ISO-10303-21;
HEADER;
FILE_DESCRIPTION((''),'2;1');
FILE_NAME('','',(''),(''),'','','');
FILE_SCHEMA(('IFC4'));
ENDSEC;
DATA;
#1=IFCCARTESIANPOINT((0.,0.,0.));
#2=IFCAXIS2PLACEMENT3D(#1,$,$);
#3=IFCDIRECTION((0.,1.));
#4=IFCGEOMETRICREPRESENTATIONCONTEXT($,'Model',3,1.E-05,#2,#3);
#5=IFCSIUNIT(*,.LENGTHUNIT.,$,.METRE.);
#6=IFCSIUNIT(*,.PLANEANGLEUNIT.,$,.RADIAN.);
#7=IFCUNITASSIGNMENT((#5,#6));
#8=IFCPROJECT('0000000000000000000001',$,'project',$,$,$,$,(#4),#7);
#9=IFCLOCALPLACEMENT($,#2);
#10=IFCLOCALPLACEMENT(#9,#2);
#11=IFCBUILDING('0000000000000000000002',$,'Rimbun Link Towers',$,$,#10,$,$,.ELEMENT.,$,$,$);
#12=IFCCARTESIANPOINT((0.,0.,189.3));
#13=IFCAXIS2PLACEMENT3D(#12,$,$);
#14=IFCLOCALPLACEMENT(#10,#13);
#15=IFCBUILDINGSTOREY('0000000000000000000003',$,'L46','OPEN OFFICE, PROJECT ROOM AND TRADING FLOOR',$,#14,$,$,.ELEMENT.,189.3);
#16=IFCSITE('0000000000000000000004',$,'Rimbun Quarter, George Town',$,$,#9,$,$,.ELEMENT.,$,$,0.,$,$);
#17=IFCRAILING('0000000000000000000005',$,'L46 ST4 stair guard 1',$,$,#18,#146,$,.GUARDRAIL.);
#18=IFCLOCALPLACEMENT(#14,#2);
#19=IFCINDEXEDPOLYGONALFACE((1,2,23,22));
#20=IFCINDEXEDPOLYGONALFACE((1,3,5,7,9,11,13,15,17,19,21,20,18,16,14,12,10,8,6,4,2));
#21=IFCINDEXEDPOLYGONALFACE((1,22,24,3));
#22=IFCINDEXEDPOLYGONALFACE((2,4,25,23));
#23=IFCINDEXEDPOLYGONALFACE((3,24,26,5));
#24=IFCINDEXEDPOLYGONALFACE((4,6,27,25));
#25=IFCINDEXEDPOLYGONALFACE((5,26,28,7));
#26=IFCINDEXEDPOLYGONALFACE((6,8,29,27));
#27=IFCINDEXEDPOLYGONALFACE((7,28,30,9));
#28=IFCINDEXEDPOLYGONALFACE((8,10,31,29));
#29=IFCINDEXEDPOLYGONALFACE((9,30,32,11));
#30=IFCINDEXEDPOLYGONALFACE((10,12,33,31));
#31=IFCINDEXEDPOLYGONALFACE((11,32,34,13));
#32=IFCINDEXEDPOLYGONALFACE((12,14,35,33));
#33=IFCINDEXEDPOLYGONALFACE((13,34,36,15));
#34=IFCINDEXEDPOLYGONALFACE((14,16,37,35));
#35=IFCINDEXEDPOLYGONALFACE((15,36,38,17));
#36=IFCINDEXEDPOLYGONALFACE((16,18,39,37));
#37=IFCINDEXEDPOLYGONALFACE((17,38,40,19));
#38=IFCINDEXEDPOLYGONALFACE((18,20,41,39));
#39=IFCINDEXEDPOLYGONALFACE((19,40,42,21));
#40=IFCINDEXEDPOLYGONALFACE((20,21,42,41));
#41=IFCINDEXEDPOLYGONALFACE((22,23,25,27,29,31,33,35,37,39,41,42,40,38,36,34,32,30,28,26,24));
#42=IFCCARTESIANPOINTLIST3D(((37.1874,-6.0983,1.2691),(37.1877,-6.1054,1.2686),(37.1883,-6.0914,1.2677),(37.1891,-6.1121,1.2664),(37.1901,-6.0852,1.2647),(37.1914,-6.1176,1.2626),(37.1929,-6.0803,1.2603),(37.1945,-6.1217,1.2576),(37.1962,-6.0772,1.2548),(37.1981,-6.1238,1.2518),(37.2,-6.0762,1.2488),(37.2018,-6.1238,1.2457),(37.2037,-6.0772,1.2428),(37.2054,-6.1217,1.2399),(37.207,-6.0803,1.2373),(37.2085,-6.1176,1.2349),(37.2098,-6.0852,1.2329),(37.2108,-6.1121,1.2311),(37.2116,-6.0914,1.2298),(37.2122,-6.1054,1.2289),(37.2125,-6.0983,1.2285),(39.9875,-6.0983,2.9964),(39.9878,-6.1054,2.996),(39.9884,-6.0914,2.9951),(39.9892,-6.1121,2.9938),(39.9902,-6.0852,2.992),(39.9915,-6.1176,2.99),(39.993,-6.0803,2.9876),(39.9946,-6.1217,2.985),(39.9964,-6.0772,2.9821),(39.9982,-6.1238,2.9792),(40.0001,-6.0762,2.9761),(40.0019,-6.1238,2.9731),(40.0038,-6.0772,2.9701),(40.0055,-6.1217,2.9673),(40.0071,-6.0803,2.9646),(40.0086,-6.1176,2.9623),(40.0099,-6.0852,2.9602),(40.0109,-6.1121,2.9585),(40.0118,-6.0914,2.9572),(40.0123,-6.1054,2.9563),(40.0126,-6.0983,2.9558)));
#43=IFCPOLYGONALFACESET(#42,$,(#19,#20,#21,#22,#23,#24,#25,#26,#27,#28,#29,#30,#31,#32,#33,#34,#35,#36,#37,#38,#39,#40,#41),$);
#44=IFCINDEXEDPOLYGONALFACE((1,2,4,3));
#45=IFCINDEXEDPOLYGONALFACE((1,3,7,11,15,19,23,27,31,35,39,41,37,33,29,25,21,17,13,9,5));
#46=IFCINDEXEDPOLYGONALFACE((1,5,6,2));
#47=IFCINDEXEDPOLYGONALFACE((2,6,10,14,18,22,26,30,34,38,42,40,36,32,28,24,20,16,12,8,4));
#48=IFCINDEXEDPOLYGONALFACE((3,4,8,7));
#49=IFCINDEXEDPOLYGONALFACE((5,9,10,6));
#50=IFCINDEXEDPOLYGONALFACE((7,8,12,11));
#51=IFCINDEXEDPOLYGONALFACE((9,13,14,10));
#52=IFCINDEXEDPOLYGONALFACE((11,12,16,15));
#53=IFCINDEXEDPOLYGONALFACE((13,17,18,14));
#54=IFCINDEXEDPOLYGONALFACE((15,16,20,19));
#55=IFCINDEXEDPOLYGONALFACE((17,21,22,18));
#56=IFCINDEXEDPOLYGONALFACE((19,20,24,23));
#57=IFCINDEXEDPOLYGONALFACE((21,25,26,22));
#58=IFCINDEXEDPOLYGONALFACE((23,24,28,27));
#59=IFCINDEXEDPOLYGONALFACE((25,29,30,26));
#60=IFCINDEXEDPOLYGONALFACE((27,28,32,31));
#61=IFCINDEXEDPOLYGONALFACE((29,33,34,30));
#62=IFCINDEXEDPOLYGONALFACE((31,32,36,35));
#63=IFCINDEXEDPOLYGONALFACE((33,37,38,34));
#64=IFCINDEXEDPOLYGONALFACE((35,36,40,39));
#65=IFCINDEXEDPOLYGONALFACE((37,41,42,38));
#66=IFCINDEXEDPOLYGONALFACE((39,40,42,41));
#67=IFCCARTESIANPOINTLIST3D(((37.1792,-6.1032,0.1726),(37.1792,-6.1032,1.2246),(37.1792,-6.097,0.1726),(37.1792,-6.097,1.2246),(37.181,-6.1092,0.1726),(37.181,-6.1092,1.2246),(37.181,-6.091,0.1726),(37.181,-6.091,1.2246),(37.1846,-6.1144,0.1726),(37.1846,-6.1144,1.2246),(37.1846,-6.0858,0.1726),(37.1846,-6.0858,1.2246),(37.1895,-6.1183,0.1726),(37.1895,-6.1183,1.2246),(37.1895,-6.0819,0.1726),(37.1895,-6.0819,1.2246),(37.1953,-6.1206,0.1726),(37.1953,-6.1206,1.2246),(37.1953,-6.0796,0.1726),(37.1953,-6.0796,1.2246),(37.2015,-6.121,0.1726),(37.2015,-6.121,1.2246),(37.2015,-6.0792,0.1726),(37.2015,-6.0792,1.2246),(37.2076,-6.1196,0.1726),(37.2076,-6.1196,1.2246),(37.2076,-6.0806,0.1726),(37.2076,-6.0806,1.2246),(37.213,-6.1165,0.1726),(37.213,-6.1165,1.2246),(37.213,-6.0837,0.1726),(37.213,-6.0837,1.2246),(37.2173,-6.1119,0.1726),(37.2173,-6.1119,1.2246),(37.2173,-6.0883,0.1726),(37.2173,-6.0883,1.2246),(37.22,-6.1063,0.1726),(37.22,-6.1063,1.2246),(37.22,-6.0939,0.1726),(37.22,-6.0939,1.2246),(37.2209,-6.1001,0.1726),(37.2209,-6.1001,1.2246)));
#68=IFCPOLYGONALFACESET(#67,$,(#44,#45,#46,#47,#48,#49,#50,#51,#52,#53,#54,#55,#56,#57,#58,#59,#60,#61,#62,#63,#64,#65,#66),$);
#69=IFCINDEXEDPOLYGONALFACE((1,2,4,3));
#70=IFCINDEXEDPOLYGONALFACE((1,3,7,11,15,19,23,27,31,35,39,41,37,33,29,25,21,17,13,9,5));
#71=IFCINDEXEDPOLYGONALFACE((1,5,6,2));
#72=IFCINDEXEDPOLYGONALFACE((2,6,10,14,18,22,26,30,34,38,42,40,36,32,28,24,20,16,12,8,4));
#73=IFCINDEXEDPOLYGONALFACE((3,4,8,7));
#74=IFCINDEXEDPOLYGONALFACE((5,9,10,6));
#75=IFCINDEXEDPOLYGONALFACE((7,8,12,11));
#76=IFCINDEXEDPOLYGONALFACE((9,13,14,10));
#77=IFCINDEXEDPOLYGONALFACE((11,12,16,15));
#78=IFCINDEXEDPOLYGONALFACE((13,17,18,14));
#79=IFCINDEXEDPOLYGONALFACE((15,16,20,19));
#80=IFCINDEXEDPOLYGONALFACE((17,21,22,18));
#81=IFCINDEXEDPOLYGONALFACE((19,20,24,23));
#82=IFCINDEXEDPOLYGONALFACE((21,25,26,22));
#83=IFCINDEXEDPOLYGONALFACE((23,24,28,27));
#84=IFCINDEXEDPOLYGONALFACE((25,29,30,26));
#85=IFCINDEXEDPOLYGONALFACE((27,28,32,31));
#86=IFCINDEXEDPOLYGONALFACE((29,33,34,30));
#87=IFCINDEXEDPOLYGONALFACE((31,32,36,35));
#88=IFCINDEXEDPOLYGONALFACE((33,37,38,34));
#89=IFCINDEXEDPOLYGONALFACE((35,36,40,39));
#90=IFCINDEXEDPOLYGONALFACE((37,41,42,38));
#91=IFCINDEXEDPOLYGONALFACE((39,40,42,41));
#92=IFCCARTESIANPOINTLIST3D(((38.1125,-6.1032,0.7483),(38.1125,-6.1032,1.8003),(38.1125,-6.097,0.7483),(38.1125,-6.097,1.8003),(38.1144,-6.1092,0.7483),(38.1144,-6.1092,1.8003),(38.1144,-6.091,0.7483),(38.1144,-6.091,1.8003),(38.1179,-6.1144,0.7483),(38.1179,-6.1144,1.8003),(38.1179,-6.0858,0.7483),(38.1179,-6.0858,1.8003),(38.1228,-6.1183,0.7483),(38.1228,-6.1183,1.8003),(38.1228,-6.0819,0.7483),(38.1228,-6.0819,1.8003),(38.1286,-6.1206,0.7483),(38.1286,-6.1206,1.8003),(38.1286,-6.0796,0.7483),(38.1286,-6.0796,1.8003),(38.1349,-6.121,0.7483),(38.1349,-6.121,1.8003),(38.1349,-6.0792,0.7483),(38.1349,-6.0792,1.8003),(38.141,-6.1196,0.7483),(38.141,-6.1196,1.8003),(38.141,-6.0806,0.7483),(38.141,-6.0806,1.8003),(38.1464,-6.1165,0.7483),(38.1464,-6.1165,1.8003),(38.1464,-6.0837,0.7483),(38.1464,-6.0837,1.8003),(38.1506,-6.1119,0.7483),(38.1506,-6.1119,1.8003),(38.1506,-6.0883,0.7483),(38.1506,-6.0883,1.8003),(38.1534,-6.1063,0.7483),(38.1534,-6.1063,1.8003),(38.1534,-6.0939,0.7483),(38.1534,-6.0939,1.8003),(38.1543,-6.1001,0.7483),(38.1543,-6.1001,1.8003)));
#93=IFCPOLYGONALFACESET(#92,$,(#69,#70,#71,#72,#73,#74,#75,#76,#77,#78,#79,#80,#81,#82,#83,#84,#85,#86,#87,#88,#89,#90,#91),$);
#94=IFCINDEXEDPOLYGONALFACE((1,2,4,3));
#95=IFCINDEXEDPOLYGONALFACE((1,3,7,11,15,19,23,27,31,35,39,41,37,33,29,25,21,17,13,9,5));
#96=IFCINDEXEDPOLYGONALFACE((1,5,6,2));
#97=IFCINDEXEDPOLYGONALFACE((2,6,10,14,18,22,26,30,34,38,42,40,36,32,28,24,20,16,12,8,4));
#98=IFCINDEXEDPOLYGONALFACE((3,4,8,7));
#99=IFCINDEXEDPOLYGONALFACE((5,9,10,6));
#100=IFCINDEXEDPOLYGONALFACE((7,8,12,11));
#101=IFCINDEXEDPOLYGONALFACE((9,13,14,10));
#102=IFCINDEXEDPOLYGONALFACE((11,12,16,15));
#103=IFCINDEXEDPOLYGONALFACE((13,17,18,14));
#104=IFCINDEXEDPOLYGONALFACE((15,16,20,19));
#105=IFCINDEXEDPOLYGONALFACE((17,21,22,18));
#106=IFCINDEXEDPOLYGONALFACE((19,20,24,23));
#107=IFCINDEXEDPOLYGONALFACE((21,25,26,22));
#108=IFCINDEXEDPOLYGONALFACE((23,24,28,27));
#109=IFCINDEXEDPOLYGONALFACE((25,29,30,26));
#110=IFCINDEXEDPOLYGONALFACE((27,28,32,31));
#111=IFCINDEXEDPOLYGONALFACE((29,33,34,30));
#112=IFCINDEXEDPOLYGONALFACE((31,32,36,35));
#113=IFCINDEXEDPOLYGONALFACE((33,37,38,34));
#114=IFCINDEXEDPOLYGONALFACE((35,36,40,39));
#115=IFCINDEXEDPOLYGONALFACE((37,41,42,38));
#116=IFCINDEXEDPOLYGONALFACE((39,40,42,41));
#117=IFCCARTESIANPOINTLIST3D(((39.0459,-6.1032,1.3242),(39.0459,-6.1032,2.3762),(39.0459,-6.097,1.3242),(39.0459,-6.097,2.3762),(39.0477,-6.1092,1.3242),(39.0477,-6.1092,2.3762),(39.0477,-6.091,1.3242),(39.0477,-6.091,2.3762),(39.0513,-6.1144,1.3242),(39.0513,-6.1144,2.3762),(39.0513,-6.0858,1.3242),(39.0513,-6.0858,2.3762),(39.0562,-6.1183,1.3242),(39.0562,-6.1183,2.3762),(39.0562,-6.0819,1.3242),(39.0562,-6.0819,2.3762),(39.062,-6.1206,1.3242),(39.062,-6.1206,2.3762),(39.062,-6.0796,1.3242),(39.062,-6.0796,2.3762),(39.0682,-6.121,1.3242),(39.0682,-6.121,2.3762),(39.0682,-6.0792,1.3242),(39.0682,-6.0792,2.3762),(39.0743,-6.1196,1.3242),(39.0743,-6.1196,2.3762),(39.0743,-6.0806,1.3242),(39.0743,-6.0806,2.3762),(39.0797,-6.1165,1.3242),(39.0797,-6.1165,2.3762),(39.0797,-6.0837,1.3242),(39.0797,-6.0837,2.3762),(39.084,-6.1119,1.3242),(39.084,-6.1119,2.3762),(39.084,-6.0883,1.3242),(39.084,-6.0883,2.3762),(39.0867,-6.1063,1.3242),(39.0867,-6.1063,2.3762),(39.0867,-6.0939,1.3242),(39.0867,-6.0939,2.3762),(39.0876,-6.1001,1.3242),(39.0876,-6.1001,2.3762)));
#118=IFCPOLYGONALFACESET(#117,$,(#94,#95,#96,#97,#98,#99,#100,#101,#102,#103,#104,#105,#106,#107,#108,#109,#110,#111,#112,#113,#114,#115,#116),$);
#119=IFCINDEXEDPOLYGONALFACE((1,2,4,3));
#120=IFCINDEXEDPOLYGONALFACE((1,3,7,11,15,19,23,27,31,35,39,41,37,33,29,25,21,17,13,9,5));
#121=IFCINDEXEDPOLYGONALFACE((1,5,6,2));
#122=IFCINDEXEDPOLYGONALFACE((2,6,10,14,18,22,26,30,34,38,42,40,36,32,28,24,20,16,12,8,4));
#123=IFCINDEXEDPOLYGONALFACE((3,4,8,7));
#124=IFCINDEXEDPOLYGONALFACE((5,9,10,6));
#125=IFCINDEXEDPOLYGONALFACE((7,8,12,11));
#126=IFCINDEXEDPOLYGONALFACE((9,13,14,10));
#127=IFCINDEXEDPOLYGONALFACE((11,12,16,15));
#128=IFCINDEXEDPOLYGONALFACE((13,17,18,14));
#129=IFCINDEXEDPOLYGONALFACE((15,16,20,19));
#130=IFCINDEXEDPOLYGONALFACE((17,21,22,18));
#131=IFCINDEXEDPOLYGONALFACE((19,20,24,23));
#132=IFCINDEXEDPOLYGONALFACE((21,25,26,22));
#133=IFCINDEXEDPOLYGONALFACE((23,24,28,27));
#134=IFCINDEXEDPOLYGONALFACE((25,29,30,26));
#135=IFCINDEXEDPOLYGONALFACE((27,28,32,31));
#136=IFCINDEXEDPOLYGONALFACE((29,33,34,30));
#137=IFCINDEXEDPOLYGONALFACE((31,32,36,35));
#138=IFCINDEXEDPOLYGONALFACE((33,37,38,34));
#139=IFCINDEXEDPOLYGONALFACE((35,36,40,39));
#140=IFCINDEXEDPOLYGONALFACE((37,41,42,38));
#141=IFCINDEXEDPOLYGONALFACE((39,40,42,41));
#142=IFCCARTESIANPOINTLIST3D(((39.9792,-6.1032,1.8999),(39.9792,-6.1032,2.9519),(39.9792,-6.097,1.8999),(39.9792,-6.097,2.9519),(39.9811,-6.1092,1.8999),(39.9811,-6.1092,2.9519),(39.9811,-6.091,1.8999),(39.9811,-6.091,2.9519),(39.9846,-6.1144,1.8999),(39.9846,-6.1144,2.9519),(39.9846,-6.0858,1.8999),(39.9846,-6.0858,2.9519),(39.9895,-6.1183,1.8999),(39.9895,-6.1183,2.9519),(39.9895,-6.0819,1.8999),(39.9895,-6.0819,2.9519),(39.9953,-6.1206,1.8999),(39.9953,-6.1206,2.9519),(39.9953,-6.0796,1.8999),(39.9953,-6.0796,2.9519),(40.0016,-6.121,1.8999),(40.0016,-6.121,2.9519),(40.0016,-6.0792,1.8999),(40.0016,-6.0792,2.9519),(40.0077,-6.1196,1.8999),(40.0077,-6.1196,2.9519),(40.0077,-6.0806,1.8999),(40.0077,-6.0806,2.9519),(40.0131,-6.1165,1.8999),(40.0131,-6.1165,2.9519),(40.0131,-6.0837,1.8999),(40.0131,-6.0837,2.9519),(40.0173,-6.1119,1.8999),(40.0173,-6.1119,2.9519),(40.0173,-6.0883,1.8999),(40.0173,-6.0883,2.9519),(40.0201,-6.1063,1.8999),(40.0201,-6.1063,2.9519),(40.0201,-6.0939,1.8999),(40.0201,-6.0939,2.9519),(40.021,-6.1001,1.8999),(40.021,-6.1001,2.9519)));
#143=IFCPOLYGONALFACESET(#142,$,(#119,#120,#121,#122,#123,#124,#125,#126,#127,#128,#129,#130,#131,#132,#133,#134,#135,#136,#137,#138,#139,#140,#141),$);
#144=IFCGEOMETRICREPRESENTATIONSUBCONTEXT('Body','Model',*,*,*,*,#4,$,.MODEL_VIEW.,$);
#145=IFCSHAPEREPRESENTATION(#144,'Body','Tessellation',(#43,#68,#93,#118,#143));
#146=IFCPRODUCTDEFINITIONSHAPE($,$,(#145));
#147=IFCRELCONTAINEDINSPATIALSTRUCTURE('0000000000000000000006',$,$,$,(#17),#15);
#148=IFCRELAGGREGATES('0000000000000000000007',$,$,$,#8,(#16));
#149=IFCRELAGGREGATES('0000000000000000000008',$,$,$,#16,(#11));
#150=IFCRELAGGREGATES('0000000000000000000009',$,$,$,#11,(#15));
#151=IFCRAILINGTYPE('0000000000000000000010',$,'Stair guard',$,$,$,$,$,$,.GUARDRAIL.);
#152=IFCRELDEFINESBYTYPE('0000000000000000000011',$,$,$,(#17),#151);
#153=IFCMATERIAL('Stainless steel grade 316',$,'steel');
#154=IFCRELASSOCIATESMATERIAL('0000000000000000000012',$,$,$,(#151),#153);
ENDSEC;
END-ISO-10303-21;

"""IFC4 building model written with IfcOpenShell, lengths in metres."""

from ifc_helpers import new_model, si_unit, direction, frame, origin, origin_2d, place, context, subcontext, project, spatial, circle, extrude, material, type_object, element, save


model = new_model("IFC4")

# Units and contexts
model_context = context("Model", 3, precision=1e-05, world=origin(), true_north=direction((0.0, 1.0)))
body_context = subcontext(model_context, "Body", "Model", "MODEL_VIEW")
ifc_project = project(units=[si_unit("LENGTHUNIT", "METRE"), si_unit("PLANEANGLEUNIT", "RADIAN")], contexts=[model_context])

# Site, building, storey
site_placement = place(None, origin())
site = spatial("IfcSite", under=ifc_project, at=site_placement, Name="Rimbun Quarter, George Town", CompositionType="ELEMENT", RefElevation=0.0)
building_placement = place(site_placement, origin())
building = spatial("IfcBuilding", under=site, at=building_placement, Name="Rimbun Link Towers", CompositionType="ELEMENT")
storey_placement = place(building_placement, frame((0.0, 0.0, 189.3)))
storey = spatial("IfcBuildingStorey", under=building, at=storey_placement, Name="L46", Description="OPEN OFFICE, PROJECT ROOM AND TRADING FLOOR", CompositionType="ELEMENT", Elevation=189.3)

# Railing
ifc_material_1 = material(Name="Stainless steel grade 316", Category="steel")
railing_type_1 = type_object("IfcRailingType", Name="Stair guard", PredefinedType="GUARDRAIL", material=ifc_material_1)
railing_1_placement = place(storey_placement, frame((37.2, -6.1001, 0.1726)))
element("IfcRailing", 1, at=railing_1_placement, inside=storey, type_object=railing_type_1, Name="L46 ST4 stair guard 1", PredefinedType="GUARDRAIL", context=body_context, shape_type="SweptSolid", body=[
    extrude(circle(Radius=0.0239, at=origin_2d()), frame((0.0, 0.0, 1.0762), z_axis=(0.85109, 0.0, 0.52502), x_axis=(0.0, 1.0, 0.0)), (0.0, 0.0, 1.0), 3.29),
    extrude(circle(Radius=0.021, at=origin_2d()), origin(), (0.0, 0.0, 1.0), 1.052),
    extrude(circle(Radius=0.021, at=origin_2d()), frame((0.9333, 0.0, 0.5757)), (0.0, 0.0, 1.0), 1.052),
    extrude(circle(Radius=0.021, at=origin_2d()), frame((1.8667, 0.0, 1.1516)), (0.0, 0.0, 1.0), 1.052),
    extrude(circle(Radius=0.021, at=origin_2d()), frame((2.8, 0.0, 1.7273)), (0.0, 0.0, 1.0), 1.052),
])

save(model, "model.ifc")
